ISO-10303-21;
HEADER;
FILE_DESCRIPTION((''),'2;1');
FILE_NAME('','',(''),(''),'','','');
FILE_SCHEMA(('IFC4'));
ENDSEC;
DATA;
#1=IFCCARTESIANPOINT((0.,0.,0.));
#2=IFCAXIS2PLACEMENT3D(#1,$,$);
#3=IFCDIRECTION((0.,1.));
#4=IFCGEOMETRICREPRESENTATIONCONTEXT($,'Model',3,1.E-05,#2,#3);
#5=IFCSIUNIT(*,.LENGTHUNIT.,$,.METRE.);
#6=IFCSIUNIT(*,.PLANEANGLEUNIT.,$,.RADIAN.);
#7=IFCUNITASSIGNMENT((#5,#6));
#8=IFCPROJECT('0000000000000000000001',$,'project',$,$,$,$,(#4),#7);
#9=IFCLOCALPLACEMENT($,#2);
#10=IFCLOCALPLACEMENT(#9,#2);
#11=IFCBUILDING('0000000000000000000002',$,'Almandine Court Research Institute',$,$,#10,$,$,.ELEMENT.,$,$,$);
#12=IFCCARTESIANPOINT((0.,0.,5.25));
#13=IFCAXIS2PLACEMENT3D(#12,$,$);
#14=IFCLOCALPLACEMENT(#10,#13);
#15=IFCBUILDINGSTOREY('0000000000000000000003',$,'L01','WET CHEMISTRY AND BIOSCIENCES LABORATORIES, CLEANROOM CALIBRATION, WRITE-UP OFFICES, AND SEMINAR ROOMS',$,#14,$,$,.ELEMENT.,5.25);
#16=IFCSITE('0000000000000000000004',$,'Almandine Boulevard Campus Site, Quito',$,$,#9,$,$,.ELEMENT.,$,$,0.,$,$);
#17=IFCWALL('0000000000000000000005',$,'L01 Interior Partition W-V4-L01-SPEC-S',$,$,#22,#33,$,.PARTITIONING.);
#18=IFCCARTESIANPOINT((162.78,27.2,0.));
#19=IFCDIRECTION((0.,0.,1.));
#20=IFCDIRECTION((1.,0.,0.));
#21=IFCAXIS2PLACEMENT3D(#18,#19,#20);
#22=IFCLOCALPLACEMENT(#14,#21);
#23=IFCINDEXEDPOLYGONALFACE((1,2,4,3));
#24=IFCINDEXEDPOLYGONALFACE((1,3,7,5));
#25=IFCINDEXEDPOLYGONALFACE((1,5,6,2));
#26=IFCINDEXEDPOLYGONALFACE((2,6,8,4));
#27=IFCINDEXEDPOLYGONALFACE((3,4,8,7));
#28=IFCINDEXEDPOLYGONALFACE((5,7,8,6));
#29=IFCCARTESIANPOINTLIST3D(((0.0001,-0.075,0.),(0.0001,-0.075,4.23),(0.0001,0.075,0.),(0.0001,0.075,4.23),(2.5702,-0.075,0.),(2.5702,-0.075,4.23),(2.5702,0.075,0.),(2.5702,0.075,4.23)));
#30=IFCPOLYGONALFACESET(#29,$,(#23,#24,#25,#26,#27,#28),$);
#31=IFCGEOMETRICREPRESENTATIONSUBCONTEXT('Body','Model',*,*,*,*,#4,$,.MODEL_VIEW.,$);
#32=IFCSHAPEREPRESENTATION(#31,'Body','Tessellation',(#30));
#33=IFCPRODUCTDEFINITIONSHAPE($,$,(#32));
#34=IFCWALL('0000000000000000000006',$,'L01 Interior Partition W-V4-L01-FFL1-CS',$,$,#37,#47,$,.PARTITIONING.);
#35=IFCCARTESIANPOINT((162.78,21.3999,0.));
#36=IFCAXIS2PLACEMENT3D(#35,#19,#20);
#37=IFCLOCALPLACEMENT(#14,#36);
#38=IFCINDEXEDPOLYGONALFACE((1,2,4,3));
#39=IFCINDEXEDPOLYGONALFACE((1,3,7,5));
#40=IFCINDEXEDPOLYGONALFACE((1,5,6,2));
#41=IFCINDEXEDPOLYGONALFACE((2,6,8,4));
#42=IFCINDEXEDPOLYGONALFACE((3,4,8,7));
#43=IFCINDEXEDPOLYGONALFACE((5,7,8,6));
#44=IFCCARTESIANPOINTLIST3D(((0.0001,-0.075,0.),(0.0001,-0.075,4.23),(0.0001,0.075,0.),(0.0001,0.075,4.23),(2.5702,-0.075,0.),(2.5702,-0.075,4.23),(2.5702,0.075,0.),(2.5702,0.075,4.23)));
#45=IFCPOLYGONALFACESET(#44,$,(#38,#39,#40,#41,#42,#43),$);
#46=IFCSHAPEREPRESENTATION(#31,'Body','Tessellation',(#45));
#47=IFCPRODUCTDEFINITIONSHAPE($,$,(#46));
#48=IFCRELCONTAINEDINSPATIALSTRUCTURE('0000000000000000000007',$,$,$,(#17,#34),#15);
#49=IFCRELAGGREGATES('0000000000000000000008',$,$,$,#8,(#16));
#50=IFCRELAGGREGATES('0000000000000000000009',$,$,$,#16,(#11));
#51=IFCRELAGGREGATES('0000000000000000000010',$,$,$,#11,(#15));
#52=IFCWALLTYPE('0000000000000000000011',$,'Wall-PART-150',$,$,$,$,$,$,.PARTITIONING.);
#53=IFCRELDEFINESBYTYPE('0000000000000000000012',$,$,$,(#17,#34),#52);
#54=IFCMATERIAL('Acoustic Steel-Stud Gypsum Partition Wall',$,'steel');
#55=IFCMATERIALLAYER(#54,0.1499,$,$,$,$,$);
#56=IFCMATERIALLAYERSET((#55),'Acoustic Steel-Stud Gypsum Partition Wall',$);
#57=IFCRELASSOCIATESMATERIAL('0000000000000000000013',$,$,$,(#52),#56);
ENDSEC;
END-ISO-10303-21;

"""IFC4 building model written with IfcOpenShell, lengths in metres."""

from ifc_helpers import new_model, si_unit, direction, frame, frame_2d, origin, place, context, subcontext, project, spatial, rectangle, extrude, material, layer, layer_set, type_object, element, save


model = new_model("IFC4")

# Units and contexts
model_context = context("Model", 3, precision=1e-05, world=origin(), true_north=direction((0.0, 1.0)))
body_context = subcontext(model_context, "Body", "Model", "MODEL_VIEW")
ifc_project = project(units=[si_unit("LENGTHUNIT", "METRE"), si_unit("PLANEANGLEUNIT", "RADIAN")], contexts=[model_context])

# Site, building, storey
site_placement = place(None, origin())
site = spatial("IfcSite", under=ifc_project, at=site_placement, Name="Almandine Boulevard Campus Site, Quito", CompositionType="ELEMENT", RefElevation=0.0)
building_placement = place(site_placement, origin())
building = spatial("IfcBuilding", under=site, at=building_placement, Name="Almandine Court Research Institute", CompositionType="ELEMENT")
storey_placement = place(building_placement, frame((0.0, 0.0, 5.25)))
storey = spatial("IfcBuildingStorey", under=building, at=storey_placement, Name="L01", Description="WET CHEMISTRY AND BIOSCIENCES LABORATORIES, CLEANROOM CALIBRATION, WRITE-UP OFFICES, AND SEMINAR ROOMS", CompositionType="ELEMENT", Elevation=5.25)

# Shared definitions
ifc_material_1 = material(Name="Acoustic Steel-Stud Gypsum Partition Wall", Category="steel")
ifc_layer_1 = layer(ifc_material_1, 0.1499)
ifc_layer_set_1 = layer_set([ifc_layer_1], Name="Acoustic Steel-Stud Gypsum Partition Wall")
wall_type_1 = type_object("IfcWallType", Name="Wall-PART-150", PredefinedType="PARTITIONING", material=ifc_layer_set_1)

# Wall
wall_1_placement = place(storey_placement, frame((162.78, 27.2, 0.0), z_axis=(0.0, 0.0, 1.0), x_axis=(1.0, 0.0, 0.0)))
element("IfcWall", 1, at=wall_1_placement, inside=storey, type_object=wall_type_1, Name="L01 Interior Partition W-V4-L01-SPEC-S", PredefinedType="PARTITIONING", context=body_context, shape_type="SweptSolid", body=[
    extrude(rectangle(XDim=2.5701, YDim=0.1499, at=frame_2d((1.2852, 0.0))), origin(), (0.0, 0.0, 1.0), 4.23),
])

# Wall
wall_2_placement = place(storey_placement, frame((162.78, 21.3999, 0.0), z_axis=(0.0, 0.0, 1.0), x_axis=(1.0, 0.0, 0.0)))
element("IfcWall", 2, at=wall_2_placement, inside=storey, type_object=wall_type_1, Name="L01 Interior Partition W-V4-L01-FFL1-CS", PredefinedType="PARTITIONING", context=body_context, shape_type="SweptSolid", body=[
    extrude(rectangle(XDim=2.5701, YDim=0.1499, at=frame_2d((1.2852, 0.0))), origin(), (0.0, 0.0, 1.0), 4.23),
])

save(model, "model.ifc")
